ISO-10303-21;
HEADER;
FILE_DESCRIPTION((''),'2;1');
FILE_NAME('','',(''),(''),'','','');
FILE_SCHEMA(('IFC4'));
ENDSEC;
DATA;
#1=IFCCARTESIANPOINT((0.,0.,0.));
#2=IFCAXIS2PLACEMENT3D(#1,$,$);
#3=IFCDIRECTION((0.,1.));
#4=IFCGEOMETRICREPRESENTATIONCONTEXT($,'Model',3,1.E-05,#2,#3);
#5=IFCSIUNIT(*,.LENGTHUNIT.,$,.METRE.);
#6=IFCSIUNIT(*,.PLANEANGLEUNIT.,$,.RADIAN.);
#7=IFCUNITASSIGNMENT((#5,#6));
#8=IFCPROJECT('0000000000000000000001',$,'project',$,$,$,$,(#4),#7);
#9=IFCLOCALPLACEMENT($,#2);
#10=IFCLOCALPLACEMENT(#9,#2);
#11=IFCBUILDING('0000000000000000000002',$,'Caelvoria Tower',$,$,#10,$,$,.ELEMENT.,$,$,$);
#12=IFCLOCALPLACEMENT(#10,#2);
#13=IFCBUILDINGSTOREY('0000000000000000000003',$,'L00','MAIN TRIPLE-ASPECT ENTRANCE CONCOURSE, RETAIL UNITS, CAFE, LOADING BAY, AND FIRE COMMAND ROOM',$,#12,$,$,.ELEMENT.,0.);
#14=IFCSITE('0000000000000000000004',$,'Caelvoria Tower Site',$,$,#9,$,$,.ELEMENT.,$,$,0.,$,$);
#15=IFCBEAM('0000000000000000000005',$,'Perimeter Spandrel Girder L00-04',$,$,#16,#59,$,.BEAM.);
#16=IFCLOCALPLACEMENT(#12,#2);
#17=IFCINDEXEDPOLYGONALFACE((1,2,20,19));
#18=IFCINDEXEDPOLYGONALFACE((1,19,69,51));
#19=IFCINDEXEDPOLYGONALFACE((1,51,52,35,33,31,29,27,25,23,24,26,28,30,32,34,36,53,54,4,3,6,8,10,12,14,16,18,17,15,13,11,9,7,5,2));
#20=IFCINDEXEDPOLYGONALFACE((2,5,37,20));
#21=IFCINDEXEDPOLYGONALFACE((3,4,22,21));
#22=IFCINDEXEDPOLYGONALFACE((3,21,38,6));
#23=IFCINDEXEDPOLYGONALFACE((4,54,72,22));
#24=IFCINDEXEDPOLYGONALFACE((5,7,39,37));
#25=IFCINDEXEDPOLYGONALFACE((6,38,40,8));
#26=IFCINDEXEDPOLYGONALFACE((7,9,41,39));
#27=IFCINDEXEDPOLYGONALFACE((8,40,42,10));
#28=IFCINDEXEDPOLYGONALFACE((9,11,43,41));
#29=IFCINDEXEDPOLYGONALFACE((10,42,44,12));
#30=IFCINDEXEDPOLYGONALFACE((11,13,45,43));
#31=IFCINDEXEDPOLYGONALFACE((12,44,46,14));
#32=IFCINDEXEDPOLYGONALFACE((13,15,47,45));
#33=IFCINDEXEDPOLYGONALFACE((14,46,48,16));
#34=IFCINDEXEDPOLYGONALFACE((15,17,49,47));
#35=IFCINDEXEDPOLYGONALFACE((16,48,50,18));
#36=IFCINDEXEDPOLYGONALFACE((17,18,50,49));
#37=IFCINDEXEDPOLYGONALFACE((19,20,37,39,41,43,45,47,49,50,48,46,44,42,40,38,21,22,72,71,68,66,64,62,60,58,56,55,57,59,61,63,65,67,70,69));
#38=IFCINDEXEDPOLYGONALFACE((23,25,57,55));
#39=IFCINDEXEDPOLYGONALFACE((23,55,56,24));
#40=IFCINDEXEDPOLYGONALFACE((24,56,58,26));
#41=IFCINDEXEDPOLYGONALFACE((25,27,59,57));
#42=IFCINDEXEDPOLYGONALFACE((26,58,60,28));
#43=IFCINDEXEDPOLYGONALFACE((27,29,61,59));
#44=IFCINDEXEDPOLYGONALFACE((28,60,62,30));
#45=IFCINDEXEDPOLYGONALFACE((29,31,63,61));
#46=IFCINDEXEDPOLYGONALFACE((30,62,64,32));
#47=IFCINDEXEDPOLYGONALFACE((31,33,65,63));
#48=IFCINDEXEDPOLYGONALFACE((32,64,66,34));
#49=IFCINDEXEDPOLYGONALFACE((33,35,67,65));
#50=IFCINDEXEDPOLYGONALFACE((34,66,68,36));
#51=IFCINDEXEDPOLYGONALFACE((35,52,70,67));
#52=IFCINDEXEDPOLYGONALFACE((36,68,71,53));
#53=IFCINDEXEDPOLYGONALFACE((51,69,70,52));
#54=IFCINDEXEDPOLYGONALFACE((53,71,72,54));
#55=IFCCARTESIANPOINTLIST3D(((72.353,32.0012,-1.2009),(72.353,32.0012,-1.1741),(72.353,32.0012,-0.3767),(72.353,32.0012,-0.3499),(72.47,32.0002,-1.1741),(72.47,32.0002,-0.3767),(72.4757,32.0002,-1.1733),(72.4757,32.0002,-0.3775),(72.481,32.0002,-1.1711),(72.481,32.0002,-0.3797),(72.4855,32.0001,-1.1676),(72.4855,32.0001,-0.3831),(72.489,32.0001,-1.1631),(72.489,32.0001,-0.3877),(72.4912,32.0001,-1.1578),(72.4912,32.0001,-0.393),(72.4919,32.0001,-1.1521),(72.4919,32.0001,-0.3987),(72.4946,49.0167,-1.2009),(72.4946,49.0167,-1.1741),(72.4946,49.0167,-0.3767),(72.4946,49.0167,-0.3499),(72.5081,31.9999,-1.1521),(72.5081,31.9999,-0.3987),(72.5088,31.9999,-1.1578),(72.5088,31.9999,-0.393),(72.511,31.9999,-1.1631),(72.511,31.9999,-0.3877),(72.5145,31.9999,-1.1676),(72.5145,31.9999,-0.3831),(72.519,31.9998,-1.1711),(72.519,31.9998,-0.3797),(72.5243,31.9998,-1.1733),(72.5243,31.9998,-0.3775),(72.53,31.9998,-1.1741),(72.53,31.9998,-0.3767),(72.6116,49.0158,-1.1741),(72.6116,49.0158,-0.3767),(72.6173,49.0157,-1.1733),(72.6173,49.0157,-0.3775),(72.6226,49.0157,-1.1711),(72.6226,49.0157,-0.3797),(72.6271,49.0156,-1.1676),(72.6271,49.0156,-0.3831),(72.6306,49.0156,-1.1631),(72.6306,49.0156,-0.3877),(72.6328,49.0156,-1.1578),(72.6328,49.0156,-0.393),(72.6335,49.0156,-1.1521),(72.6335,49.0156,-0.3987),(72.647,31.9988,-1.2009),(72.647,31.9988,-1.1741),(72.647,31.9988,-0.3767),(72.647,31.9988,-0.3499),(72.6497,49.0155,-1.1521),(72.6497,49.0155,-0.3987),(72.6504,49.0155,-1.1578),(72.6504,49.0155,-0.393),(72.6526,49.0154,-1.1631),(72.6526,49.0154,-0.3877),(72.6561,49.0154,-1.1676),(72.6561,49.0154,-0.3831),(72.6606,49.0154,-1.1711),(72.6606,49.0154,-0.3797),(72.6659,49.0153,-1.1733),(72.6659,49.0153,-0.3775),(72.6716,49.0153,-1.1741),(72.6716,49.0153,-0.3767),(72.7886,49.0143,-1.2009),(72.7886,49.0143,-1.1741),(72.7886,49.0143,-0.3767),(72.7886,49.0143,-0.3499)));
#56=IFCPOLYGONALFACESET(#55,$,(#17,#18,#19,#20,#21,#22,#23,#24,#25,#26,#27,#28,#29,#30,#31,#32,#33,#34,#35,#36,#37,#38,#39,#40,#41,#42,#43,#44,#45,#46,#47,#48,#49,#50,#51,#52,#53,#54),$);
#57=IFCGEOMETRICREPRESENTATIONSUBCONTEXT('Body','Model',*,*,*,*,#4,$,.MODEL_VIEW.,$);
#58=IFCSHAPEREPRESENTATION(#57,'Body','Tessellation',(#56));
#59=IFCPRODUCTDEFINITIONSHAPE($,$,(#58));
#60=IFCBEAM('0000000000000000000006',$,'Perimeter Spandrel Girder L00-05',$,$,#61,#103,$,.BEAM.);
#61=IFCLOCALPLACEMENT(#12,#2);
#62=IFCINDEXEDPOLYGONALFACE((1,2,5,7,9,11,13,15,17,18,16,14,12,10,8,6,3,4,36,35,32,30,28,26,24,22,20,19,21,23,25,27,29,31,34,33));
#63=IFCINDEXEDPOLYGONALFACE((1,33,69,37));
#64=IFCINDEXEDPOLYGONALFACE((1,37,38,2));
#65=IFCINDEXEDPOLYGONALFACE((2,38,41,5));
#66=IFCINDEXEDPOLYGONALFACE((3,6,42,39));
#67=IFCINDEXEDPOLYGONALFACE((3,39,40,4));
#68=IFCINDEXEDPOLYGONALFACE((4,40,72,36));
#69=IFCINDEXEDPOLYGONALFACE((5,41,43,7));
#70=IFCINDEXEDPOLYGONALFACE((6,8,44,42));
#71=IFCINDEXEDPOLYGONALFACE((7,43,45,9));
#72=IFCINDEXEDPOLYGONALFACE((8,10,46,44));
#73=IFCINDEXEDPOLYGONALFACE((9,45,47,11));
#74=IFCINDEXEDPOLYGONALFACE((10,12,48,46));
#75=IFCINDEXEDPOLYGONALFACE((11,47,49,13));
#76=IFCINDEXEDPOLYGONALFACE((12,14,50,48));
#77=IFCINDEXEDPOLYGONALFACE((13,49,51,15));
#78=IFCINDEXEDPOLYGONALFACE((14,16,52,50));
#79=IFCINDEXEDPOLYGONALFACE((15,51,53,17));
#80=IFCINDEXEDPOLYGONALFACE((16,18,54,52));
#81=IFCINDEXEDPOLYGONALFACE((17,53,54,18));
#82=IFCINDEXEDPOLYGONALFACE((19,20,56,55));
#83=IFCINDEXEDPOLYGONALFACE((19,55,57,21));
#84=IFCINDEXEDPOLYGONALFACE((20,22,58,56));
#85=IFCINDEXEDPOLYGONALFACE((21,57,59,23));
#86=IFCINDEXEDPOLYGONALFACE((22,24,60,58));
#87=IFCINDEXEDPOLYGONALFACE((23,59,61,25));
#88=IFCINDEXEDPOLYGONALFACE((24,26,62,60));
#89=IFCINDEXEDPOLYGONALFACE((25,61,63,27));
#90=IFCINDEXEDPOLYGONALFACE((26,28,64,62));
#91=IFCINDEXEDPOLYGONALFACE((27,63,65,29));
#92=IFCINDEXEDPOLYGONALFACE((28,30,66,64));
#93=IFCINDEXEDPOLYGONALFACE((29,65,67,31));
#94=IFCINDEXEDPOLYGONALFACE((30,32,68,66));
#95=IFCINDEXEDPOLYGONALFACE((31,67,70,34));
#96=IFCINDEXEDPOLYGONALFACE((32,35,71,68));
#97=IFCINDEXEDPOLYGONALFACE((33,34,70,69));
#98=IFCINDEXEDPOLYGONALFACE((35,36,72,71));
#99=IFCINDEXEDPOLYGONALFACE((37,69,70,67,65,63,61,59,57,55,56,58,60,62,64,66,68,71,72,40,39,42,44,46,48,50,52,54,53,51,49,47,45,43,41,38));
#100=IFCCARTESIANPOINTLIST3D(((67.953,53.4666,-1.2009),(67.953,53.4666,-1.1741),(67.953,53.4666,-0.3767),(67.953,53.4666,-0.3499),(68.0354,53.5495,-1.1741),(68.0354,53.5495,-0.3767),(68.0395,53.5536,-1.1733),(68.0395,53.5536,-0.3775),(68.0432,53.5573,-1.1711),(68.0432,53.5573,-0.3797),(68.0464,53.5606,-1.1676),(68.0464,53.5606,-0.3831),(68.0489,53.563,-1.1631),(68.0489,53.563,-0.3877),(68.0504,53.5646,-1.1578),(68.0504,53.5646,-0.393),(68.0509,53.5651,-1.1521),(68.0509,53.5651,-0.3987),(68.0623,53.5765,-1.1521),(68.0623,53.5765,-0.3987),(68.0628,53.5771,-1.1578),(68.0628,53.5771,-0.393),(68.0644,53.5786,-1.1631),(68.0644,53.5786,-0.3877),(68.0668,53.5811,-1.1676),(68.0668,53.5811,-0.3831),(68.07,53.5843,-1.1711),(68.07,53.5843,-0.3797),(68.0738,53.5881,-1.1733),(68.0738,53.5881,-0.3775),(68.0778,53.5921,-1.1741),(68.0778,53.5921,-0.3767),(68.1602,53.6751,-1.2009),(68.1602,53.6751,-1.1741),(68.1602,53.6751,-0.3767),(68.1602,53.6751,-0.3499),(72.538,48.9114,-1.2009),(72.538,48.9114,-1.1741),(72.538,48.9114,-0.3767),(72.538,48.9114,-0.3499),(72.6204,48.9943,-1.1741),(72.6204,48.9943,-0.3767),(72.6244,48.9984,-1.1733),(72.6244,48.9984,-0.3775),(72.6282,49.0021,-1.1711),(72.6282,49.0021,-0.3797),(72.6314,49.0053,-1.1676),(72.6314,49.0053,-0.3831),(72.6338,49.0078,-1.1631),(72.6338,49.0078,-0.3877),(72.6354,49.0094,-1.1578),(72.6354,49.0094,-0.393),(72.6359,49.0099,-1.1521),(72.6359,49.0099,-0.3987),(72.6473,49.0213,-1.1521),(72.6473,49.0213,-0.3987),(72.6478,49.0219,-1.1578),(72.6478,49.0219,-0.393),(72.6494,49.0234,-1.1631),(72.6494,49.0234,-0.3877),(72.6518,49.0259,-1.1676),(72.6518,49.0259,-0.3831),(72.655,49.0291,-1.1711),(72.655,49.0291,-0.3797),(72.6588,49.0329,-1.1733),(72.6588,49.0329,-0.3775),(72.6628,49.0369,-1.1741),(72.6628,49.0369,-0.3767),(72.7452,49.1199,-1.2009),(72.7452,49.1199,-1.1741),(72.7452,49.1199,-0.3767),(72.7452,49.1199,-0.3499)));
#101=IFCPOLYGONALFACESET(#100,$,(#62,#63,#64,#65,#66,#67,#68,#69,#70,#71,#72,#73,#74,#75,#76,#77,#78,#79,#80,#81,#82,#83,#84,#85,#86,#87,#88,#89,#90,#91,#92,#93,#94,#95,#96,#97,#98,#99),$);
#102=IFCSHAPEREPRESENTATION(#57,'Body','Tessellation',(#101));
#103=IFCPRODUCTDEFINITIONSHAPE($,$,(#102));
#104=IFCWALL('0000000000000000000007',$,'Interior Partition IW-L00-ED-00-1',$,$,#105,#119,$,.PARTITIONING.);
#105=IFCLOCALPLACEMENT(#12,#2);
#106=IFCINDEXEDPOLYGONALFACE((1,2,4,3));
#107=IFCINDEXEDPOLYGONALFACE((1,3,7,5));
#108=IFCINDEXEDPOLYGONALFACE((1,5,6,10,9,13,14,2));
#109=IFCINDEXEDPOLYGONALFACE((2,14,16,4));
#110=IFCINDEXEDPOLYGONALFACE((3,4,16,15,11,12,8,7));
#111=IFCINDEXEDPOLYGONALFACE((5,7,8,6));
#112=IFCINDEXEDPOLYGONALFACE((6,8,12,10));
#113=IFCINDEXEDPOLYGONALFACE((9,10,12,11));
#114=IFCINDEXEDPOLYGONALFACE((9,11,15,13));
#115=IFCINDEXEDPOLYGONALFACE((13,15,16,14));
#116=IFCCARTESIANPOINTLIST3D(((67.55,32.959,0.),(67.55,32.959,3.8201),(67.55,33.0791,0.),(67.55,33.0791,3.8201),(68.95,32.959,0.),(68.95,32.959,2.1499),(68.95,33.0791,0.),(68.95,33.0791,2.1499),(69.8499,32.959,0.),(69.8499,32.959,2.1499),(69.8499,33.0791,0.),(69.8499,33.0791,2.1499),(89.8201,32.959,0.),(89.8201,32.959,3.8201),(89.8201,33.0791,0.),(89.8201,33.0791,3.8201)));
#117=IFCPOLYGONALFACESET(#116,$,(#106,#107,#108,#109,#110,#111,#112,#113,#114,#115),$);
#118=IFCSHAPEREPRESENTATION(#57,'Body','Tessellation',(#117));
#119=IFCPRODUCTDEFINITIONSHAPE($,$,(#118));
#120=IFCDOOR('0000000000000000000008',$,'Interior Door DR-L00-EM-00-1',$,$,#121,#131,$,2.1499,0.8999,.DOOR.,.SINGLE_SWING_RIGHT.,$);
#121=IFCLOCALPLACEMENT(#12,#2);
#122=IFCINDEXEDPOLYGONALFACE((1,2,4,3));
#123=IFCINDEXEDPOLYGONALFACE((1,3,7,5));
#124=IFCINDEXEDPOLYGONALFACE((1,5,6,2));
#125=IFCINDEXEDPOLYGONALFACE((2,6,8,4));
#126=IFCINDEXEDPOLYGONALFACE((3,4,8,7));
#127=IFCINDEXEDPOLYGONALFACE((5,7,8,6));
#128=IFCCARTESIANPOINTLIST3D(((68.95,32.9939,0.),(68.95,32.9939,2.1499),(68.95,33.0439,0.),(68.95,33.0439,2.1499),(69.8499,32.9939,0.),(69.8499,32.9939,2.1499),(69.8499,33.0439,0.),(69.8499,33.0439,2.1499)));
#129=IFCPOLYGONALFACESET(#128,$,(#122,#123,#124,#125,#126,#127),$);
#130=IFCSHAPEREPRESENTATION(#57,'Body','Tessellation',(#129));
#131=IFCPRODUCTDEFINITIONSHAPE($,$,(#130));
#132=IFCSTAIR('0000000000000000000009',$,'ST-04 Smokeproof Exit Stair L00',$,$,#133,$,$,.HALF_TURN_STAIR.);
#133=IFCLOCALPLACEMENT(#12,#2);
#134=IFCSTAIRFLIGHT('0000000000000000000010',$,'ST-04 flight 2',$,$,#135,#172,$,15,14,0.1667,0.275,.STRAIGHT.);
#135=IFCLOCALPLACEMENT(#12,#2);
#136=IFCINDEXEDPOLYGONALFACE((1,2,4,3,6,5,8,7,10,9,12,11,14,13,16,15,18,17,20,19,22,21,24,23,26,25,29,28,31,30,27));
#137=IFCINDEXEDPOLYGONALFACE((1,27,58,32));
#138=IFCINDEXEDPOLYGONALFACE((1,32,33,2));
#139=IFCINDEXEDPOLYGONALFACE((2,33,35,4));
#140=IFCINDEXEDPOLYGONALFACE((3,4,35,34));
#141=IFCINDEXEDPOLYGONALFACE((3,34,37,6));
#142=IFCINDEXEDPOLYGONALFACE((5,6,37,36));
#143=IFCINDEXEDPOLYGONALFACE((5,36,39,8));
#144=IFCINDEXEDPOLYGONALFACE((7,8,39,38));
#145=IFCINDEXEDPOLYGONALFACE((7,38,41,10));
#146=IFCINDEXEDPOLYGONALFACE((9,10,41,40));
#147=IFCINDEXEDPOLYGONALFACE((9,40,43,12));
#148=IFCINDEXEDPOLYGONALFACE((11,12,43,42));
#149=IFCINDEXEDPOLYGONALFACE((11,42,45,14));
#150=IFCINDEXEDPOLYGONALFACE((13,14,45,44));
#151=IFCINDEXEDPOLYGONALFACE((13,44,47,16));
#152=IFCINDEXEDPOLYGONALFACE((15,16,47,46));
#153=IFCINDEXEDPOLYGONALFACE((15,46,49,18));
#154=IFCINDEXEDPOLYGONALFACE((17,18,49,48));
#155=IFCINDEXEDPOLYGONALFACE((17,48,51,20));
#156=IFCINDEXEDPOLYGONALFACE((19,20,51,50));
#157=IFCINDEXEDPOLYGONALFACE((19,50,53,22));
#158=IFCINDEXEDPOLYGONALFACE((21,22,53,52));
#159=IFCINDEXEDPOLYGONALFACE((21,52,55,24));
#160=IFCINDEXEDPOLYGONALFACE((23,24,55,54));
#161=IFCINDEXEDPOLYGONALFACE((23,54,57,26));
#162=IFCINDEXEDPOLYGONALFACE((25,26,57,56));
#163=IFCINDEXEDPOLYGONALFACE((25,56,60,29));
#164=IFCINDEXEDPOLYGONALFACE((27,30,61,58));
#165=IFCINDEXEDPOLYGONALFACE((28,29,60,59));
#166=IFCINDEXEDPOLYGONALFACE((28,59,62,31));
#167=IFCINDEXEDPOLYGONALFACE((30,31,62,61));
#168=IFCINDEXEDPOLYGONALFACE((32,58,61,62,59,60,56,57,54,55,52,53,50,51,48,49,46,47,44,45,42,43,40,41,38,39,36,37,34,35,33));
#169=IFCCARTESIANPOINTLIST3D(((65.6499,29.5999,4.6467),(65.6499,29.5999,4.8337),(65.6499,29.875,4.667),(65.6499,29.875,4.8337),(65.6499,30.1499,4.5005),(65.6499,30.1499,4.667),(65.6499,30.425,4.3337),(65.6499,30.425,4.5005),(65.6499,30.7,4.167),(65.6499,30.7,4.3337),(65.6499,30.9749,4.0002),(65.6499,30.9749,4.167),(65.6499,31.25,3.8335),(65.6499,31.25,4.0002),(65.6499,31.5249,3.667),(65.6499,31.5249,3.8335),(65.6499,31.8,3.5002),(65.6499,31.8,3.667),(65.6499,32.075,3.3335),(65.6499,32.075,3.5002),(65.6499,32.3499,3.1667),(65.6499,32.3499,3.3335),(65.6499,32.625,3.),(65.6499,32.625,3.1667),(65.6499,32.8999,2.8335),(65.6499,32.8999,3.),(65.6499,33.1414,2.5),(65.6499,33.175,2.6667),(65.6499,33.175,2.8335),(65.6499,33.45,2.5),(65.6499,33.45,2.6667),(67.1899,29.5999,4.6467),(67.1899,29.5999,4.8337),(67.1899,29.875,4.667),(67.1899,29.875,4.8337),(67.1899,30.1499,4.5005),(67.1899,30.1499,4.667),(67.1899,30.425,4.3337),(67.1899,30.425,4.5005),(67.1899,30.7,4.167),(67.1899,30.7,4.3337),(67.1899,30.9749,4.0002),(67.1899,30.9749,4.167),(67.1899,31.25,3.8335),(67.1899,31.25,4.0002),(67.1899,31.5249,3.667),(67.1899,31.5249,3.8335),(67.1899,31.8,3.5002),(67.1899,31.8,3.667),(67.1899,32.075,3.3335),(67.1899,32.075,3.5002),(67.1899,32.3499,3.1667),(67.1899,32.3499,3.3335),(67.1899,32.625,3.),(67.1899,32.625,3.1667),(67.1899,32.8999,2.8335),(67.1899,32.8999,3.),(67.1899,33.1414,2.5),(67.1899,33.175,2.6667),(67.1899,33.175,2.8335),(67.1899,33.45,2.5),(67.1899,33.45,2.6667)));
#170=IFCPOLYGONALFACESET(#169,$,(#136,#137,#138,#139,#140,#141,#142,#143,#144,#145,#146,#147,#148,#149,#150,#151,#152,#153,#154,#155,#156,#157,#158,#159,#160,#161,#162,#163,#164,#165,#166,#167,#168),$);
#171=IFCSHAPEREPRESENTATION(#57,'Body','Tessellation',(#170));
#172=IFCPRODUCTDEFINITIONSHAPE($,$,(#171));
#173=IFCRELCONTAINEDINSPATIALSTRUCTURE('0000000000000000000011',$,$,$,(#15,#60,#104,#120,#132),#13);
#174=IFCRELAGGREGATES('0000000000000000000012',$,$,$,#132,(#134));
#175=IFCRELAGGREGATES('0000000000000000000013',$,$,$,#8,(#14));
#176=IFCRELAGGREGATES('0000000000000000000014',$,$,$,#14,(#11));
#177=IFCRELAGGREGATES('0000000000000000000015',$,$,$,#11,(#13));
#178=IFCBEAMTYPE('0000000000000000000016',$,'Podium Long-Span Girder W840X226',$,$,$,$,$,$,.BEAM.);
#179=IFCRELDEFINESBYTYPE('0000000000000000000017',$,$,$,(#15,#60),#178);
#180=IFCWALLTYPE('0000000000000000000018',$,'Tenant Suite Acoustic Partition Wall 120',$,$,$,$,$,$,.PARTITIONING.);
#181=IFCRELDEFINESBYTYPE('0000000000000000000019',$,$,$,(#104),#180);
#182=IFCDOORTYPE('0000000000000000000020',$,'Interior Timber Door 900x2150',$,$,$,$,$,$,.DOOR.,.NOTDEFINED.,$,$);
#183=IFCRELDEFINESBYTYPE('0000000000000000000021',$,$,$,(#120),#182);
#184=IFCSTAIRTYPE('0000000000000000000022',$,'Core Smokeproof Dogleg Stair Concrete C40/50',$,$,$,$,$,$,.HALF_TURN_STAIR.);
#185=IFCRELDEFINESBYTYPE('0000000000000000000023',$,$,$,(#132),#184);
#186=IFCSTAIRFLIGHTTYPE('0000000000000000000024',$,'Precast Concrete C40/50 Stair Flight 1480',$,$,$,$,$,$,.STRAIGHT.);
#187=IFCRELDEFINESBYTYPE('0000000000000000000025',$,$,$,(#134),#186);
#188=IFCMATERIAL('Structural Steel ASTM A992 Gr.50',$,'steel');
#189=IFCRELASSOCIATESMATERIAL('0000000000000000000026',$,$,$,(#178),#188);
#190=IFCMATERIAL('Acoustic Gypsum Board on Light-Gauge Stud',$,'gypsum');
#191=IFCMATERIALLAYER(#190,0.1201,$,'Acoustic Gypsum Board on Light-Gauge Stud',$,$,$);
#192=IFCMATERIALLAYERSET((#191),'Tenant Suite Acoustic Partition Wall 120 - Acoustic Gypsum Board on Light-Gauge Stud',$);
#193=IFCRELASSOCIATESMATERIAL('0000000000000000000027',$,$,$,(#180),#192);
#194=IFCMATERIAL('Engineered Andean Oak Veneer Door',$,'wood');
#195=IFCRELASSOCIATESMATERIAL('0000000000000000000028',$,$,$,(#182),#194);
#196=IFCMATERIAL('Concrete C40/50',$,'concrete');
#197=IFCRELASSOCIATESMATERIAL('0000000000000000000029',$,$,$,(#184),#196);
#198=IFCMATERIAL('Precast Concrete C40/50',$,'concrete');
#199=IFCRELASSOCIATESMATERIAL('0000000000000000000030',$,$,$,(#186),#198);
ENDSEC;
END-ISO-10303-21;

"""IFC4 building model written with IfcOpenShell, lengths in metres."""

from ifc_helpers import new_model, si_unit, direction, frame, frame_2d, origin, origin_2d, place, context, subcontext, project, spatial, polyline, rectangle, i_section, outline, extrude, material, layer, layer_set, material_profile, profile_set, type_object, element, fill, aggregate, save


model = new_model("IFC4")

# Units and contexts
model_context = context("Model", 3, precision=1e-05, world=origin(), true_north=direction((0.0, 1.0)))
body_context = subcontext(model_context, "Body", "Model", "MODEL_VIEW")
ifc_project = project(units=[si_unit("LENGTHUNIT", "METRE"), si_unit("PLANEANGLEUNIT", "RADIAN")], contexts=[model_context])

# Site, building, storey
site_placement = place(None, origin())
site = spatial("IfcSite", under=ifc_project, at=site_placement, Name="Caelvoria Tower Site", CompositionType="ELEMENT", RefElevation=0.0)
building_placement = place(site_placement, origin())
building = spatial("IfcBuilding", under=site, at=building_placement, Name="Caelvoria Tower", CompositionType="ELEMENT")
storey_placement = place(building_placement, origin())
storey = spatial("IfcBuildingStorey", under=building, at=storey_placement, Name="L00", Description="MAIN TRIPLE-ASPECT ENTRANCE CONCOURSE, RETAIL UNITS, CAFE, LOADING BAY, AND FIRE COMMAND ROOM", CompositionType="ELEMENT", Elevation=0.0)

# Shared definitions
ifc_material_1 = material(Name="Structural Steel ASTM A992 Gr.50", Category="steel")

# Beams
ifc_material_profile_1 = material_profile(ifc_material_1, i_section(OverallWidth=0.2939, OverallDepth=0.8511, WebThickness=0.0161, FlangeThickness=0.0269, FilletRadius=0.022, at=origin_2d()), Name="Structural Steel ASTM A992 Gr.50")
ifc_profile_set_1 = profile_set([ifc_material_profile_1], Name="W840X226 - Structural Steel ASTM A992 Gr.50")
beam_type_1 = type_object("IfcBeamType", Name="Podium Long-Span Girder W840X226", PredefinedType="BEAM", material=ifc_profile_set_1)
beam_1_placement = place(storey_placement, frame((72.5, 32.0, -0.7754), z_axis=(0.008322, 0.999965, 0.0), x_axis=(-0.999965, 0.008322, 0.0)))
element("IfcBeam", 1, at=beam_1_placement, inside=storey, type_object=beam_type_1, Name="Perimeter Spandrel Girder L00-04", PredefinedType="BEAM", context=body_context, shape_type="SweptSolid", body=[
    extrude(i_section(OverallWidth=0.2939, OverallDepth=0.8511, WebThickness=0.0161, FlangeThickness=0.0269, FilletRadius=0.022, at=origin_2d()), origin(), (0.0, 0.0, 1.0), 17.0161),
])
beam_2_placement = place(storey_placement, frame((72.6416, 49.0156, -0.7754), z_axis=(-0.709407, 0.704799, 0.0), x_axis=(-0.704799, -0.709407, 0.0)))
element("IfcBeam", 2, at=beam_2_placement, inside=storey, type_object=beam_type_1, Name="Perimeter Spandrel Girder L00-05", PredefinedType="BEAM", context=body_context, shape_type="SweptSolid", body=[
    extrude(i_section(OverallWidth=0.2939, OverallDepth=0.8511, WebThickness=0.0161, FlangeThickness=0.0269, FilletRadius=0.022, at=origin_2d()), origin(), (0.0, 0.0, 1.0), 6.4631),
])

# Wall, opening, door
ifc_material_2 = material(Name="Acoustic Gypsum Board on Light-Gauge Stud", Category="gypsum")
ifc_layer = layer(ifc_material_2, 0.1201, Name="Acoustic Gypsum Board on Light-Gauge Stud")
ifc_layer_set = layer_set([ifc_layer], Name="Tenant Suite Acoustic Partition Wall 120 - Acoustic Gypsum Board on Light-Gauge Stud")
wall_type = type_object("IfcWallType", Name="Tenant Suite Acoustic Partition Wall 120", PredefinedType="PARTITIONING", material=ifc_layer_set)
wall_placement = place(storey_placement, frame((67.55, 33.019, 0.0), z_axis=(0.0, 0.0, 1.0), x_axis=(1.0, 0.0, 0.0)))
wall = element("IfcWall", 3, at=wall_placement, inside=storey, type_object=wall_type, Name="Interior Partition IW-L00-ED-00-1", PredefinedType="PARTITIONING", context=body_context, shape_type="SweptSolid", body=[
    extrude(rectangle(XDim=22.27, YDim=0.1201, at=frame_2d((11.135, 0.0))), origin(), (0.0, 0.0, 1.0), 3.8201),
])
opening_placement = place(wall_placement, frame((1.3999, 0.0, 0.0)))
opening = element("IfcOpeningElement", 4, at=opening_placement, cuts=wall, PredefinedType="OPENING", context=body_context, shape_type="SweptSolid", body=[
    extrude(rectangle(XDim=0.8999, YDim=2.1499, at=frame_2d((0.45, 1.075))), frame((0.0, 0.0701, 0.0), z_axis=(0.0, -1.0, 0.0), x_axis=(1.0, 0.0, 0.0)), (0.0, 0.0, 1.0), 0.1401),
])
ifc_material_3 = material(Name="Engineered Andean Oak Veneer Door", Category="wood")
door_type = type_object("IfcDoorType", Name="Interior Timber Door 900x2150", OperationType="NOTDEFINED", PredefinedType="DOOR", material=ifc_material_3)
door_placement = place(opening_placement, origin())
door = element("IfcDoor", 5, at=door_placement, inside=storey, type_object=door_type, Name="Interior Door DR-L00-EM-00-1", OperationType="SINGLE_SWING_RIGHT", OverallHeight=2.1499, OverallWidth=0.8999, PredefinedType="DOOR", context=body_context, shape_type="SweptSolid", body=[
    extrude(rectangle(XDim=0.8999, YDim=2.1499, at=frame_2d((0.45, 1.075))), frame((0.0, 0.0249, 0.0), z_axis=(0.0, -1.0, 0.0), x_axis=(1.0, 0.0, 0.0)), (0.0, 0.0, 1.0), 0.05),
])
fill(opening, door)

# Stair, stair flight
ifc_material_4 = material(Name="Concrete C40/50", Category="concrete")
stair_type = type_object("IfcStairType", Name="Core Smokeproof Dogleg Stair Concrete C40/50", PredefinedType="HALF_TURN_STAIR", material=ifc_material_4)
stair_placement = place(storey_placement, origin())
stair = element("IfcStair", 6, at=stair_placement, inside=storey, type_object=stair_type, Name="ST-04 Smokeproof Exit Stair L00", PredefinedType="HALF_TURN_STAIR")
ifc_material_5 = material(Name="Precast Concrete C40/50", Category="concrete")
stair_flight_type = type_object("IfcStairFlightType", Name="Precast Concrete C40/50 Stair Flight 1480", PredefinedType="STRAIGHT", material=ifc_material_5)
stair_flight_placement = place(storey_placement, frame((66.4199, 33.45, 2.5), z_axis=(0.0, 0.0, 1.0), x_axis=(0.0, -1.0, 0.0)))
stair_flight = element("IfcStairFlight", 7, at=stair_flight_placement, type_object=stair_flight_type, Name="ST-04 flight 2", NumberOfRisers=15, NumberOfTreads=14, PredefinedType="STRAIGHT", RiserHeight=0.1667, TreadLength=0.275, context=body_context, shape_type="SweptSolid", body=[
    extrude(outline(polyline([(0.0, 0.0), (0.0, 0.1667), (0.2749, 0.1667), (0.2749, 0.3335), (0.55, 0.3335), (0.55, 0.5), (0.825, 0.5), (0.825, 0.6667), (1.1001, 0.6667), (1.1001, 0.8335), (1.375, 0.8335), (1.375, 1.0002), (1.6499, 1.0002), (1.6499, 1.167), (1.925, 1.167), (1.925, 1.3335), (2.2, 1.3335), (2.2, 1.5002), (2.4751, 1.5002), (2.4751, 1.667), (2.75, 1.667), (2.75, 1.8337), (3.0249, 1.8337), (3.0249, 2.0005), (3.3, 2.0005), (3.3, 2.167), (3.575, 2.167), (3.575, 2.3337), (3.8501, 2.3337), (3.8501, 2.5005), (3.8501, 2.1467), (0.3086, 0.0), (0.0, 0.0)])), frame((0.0, 0.77, 0.0), z_axis=(0.0, -1.0, 0.0), x_axis=(1.0, 0.0, 0.0)), (0.0, 0.0, 1.0), 1.54),
])
aggregate(stair, [stair_flight])

save(model, "model.ifc")
